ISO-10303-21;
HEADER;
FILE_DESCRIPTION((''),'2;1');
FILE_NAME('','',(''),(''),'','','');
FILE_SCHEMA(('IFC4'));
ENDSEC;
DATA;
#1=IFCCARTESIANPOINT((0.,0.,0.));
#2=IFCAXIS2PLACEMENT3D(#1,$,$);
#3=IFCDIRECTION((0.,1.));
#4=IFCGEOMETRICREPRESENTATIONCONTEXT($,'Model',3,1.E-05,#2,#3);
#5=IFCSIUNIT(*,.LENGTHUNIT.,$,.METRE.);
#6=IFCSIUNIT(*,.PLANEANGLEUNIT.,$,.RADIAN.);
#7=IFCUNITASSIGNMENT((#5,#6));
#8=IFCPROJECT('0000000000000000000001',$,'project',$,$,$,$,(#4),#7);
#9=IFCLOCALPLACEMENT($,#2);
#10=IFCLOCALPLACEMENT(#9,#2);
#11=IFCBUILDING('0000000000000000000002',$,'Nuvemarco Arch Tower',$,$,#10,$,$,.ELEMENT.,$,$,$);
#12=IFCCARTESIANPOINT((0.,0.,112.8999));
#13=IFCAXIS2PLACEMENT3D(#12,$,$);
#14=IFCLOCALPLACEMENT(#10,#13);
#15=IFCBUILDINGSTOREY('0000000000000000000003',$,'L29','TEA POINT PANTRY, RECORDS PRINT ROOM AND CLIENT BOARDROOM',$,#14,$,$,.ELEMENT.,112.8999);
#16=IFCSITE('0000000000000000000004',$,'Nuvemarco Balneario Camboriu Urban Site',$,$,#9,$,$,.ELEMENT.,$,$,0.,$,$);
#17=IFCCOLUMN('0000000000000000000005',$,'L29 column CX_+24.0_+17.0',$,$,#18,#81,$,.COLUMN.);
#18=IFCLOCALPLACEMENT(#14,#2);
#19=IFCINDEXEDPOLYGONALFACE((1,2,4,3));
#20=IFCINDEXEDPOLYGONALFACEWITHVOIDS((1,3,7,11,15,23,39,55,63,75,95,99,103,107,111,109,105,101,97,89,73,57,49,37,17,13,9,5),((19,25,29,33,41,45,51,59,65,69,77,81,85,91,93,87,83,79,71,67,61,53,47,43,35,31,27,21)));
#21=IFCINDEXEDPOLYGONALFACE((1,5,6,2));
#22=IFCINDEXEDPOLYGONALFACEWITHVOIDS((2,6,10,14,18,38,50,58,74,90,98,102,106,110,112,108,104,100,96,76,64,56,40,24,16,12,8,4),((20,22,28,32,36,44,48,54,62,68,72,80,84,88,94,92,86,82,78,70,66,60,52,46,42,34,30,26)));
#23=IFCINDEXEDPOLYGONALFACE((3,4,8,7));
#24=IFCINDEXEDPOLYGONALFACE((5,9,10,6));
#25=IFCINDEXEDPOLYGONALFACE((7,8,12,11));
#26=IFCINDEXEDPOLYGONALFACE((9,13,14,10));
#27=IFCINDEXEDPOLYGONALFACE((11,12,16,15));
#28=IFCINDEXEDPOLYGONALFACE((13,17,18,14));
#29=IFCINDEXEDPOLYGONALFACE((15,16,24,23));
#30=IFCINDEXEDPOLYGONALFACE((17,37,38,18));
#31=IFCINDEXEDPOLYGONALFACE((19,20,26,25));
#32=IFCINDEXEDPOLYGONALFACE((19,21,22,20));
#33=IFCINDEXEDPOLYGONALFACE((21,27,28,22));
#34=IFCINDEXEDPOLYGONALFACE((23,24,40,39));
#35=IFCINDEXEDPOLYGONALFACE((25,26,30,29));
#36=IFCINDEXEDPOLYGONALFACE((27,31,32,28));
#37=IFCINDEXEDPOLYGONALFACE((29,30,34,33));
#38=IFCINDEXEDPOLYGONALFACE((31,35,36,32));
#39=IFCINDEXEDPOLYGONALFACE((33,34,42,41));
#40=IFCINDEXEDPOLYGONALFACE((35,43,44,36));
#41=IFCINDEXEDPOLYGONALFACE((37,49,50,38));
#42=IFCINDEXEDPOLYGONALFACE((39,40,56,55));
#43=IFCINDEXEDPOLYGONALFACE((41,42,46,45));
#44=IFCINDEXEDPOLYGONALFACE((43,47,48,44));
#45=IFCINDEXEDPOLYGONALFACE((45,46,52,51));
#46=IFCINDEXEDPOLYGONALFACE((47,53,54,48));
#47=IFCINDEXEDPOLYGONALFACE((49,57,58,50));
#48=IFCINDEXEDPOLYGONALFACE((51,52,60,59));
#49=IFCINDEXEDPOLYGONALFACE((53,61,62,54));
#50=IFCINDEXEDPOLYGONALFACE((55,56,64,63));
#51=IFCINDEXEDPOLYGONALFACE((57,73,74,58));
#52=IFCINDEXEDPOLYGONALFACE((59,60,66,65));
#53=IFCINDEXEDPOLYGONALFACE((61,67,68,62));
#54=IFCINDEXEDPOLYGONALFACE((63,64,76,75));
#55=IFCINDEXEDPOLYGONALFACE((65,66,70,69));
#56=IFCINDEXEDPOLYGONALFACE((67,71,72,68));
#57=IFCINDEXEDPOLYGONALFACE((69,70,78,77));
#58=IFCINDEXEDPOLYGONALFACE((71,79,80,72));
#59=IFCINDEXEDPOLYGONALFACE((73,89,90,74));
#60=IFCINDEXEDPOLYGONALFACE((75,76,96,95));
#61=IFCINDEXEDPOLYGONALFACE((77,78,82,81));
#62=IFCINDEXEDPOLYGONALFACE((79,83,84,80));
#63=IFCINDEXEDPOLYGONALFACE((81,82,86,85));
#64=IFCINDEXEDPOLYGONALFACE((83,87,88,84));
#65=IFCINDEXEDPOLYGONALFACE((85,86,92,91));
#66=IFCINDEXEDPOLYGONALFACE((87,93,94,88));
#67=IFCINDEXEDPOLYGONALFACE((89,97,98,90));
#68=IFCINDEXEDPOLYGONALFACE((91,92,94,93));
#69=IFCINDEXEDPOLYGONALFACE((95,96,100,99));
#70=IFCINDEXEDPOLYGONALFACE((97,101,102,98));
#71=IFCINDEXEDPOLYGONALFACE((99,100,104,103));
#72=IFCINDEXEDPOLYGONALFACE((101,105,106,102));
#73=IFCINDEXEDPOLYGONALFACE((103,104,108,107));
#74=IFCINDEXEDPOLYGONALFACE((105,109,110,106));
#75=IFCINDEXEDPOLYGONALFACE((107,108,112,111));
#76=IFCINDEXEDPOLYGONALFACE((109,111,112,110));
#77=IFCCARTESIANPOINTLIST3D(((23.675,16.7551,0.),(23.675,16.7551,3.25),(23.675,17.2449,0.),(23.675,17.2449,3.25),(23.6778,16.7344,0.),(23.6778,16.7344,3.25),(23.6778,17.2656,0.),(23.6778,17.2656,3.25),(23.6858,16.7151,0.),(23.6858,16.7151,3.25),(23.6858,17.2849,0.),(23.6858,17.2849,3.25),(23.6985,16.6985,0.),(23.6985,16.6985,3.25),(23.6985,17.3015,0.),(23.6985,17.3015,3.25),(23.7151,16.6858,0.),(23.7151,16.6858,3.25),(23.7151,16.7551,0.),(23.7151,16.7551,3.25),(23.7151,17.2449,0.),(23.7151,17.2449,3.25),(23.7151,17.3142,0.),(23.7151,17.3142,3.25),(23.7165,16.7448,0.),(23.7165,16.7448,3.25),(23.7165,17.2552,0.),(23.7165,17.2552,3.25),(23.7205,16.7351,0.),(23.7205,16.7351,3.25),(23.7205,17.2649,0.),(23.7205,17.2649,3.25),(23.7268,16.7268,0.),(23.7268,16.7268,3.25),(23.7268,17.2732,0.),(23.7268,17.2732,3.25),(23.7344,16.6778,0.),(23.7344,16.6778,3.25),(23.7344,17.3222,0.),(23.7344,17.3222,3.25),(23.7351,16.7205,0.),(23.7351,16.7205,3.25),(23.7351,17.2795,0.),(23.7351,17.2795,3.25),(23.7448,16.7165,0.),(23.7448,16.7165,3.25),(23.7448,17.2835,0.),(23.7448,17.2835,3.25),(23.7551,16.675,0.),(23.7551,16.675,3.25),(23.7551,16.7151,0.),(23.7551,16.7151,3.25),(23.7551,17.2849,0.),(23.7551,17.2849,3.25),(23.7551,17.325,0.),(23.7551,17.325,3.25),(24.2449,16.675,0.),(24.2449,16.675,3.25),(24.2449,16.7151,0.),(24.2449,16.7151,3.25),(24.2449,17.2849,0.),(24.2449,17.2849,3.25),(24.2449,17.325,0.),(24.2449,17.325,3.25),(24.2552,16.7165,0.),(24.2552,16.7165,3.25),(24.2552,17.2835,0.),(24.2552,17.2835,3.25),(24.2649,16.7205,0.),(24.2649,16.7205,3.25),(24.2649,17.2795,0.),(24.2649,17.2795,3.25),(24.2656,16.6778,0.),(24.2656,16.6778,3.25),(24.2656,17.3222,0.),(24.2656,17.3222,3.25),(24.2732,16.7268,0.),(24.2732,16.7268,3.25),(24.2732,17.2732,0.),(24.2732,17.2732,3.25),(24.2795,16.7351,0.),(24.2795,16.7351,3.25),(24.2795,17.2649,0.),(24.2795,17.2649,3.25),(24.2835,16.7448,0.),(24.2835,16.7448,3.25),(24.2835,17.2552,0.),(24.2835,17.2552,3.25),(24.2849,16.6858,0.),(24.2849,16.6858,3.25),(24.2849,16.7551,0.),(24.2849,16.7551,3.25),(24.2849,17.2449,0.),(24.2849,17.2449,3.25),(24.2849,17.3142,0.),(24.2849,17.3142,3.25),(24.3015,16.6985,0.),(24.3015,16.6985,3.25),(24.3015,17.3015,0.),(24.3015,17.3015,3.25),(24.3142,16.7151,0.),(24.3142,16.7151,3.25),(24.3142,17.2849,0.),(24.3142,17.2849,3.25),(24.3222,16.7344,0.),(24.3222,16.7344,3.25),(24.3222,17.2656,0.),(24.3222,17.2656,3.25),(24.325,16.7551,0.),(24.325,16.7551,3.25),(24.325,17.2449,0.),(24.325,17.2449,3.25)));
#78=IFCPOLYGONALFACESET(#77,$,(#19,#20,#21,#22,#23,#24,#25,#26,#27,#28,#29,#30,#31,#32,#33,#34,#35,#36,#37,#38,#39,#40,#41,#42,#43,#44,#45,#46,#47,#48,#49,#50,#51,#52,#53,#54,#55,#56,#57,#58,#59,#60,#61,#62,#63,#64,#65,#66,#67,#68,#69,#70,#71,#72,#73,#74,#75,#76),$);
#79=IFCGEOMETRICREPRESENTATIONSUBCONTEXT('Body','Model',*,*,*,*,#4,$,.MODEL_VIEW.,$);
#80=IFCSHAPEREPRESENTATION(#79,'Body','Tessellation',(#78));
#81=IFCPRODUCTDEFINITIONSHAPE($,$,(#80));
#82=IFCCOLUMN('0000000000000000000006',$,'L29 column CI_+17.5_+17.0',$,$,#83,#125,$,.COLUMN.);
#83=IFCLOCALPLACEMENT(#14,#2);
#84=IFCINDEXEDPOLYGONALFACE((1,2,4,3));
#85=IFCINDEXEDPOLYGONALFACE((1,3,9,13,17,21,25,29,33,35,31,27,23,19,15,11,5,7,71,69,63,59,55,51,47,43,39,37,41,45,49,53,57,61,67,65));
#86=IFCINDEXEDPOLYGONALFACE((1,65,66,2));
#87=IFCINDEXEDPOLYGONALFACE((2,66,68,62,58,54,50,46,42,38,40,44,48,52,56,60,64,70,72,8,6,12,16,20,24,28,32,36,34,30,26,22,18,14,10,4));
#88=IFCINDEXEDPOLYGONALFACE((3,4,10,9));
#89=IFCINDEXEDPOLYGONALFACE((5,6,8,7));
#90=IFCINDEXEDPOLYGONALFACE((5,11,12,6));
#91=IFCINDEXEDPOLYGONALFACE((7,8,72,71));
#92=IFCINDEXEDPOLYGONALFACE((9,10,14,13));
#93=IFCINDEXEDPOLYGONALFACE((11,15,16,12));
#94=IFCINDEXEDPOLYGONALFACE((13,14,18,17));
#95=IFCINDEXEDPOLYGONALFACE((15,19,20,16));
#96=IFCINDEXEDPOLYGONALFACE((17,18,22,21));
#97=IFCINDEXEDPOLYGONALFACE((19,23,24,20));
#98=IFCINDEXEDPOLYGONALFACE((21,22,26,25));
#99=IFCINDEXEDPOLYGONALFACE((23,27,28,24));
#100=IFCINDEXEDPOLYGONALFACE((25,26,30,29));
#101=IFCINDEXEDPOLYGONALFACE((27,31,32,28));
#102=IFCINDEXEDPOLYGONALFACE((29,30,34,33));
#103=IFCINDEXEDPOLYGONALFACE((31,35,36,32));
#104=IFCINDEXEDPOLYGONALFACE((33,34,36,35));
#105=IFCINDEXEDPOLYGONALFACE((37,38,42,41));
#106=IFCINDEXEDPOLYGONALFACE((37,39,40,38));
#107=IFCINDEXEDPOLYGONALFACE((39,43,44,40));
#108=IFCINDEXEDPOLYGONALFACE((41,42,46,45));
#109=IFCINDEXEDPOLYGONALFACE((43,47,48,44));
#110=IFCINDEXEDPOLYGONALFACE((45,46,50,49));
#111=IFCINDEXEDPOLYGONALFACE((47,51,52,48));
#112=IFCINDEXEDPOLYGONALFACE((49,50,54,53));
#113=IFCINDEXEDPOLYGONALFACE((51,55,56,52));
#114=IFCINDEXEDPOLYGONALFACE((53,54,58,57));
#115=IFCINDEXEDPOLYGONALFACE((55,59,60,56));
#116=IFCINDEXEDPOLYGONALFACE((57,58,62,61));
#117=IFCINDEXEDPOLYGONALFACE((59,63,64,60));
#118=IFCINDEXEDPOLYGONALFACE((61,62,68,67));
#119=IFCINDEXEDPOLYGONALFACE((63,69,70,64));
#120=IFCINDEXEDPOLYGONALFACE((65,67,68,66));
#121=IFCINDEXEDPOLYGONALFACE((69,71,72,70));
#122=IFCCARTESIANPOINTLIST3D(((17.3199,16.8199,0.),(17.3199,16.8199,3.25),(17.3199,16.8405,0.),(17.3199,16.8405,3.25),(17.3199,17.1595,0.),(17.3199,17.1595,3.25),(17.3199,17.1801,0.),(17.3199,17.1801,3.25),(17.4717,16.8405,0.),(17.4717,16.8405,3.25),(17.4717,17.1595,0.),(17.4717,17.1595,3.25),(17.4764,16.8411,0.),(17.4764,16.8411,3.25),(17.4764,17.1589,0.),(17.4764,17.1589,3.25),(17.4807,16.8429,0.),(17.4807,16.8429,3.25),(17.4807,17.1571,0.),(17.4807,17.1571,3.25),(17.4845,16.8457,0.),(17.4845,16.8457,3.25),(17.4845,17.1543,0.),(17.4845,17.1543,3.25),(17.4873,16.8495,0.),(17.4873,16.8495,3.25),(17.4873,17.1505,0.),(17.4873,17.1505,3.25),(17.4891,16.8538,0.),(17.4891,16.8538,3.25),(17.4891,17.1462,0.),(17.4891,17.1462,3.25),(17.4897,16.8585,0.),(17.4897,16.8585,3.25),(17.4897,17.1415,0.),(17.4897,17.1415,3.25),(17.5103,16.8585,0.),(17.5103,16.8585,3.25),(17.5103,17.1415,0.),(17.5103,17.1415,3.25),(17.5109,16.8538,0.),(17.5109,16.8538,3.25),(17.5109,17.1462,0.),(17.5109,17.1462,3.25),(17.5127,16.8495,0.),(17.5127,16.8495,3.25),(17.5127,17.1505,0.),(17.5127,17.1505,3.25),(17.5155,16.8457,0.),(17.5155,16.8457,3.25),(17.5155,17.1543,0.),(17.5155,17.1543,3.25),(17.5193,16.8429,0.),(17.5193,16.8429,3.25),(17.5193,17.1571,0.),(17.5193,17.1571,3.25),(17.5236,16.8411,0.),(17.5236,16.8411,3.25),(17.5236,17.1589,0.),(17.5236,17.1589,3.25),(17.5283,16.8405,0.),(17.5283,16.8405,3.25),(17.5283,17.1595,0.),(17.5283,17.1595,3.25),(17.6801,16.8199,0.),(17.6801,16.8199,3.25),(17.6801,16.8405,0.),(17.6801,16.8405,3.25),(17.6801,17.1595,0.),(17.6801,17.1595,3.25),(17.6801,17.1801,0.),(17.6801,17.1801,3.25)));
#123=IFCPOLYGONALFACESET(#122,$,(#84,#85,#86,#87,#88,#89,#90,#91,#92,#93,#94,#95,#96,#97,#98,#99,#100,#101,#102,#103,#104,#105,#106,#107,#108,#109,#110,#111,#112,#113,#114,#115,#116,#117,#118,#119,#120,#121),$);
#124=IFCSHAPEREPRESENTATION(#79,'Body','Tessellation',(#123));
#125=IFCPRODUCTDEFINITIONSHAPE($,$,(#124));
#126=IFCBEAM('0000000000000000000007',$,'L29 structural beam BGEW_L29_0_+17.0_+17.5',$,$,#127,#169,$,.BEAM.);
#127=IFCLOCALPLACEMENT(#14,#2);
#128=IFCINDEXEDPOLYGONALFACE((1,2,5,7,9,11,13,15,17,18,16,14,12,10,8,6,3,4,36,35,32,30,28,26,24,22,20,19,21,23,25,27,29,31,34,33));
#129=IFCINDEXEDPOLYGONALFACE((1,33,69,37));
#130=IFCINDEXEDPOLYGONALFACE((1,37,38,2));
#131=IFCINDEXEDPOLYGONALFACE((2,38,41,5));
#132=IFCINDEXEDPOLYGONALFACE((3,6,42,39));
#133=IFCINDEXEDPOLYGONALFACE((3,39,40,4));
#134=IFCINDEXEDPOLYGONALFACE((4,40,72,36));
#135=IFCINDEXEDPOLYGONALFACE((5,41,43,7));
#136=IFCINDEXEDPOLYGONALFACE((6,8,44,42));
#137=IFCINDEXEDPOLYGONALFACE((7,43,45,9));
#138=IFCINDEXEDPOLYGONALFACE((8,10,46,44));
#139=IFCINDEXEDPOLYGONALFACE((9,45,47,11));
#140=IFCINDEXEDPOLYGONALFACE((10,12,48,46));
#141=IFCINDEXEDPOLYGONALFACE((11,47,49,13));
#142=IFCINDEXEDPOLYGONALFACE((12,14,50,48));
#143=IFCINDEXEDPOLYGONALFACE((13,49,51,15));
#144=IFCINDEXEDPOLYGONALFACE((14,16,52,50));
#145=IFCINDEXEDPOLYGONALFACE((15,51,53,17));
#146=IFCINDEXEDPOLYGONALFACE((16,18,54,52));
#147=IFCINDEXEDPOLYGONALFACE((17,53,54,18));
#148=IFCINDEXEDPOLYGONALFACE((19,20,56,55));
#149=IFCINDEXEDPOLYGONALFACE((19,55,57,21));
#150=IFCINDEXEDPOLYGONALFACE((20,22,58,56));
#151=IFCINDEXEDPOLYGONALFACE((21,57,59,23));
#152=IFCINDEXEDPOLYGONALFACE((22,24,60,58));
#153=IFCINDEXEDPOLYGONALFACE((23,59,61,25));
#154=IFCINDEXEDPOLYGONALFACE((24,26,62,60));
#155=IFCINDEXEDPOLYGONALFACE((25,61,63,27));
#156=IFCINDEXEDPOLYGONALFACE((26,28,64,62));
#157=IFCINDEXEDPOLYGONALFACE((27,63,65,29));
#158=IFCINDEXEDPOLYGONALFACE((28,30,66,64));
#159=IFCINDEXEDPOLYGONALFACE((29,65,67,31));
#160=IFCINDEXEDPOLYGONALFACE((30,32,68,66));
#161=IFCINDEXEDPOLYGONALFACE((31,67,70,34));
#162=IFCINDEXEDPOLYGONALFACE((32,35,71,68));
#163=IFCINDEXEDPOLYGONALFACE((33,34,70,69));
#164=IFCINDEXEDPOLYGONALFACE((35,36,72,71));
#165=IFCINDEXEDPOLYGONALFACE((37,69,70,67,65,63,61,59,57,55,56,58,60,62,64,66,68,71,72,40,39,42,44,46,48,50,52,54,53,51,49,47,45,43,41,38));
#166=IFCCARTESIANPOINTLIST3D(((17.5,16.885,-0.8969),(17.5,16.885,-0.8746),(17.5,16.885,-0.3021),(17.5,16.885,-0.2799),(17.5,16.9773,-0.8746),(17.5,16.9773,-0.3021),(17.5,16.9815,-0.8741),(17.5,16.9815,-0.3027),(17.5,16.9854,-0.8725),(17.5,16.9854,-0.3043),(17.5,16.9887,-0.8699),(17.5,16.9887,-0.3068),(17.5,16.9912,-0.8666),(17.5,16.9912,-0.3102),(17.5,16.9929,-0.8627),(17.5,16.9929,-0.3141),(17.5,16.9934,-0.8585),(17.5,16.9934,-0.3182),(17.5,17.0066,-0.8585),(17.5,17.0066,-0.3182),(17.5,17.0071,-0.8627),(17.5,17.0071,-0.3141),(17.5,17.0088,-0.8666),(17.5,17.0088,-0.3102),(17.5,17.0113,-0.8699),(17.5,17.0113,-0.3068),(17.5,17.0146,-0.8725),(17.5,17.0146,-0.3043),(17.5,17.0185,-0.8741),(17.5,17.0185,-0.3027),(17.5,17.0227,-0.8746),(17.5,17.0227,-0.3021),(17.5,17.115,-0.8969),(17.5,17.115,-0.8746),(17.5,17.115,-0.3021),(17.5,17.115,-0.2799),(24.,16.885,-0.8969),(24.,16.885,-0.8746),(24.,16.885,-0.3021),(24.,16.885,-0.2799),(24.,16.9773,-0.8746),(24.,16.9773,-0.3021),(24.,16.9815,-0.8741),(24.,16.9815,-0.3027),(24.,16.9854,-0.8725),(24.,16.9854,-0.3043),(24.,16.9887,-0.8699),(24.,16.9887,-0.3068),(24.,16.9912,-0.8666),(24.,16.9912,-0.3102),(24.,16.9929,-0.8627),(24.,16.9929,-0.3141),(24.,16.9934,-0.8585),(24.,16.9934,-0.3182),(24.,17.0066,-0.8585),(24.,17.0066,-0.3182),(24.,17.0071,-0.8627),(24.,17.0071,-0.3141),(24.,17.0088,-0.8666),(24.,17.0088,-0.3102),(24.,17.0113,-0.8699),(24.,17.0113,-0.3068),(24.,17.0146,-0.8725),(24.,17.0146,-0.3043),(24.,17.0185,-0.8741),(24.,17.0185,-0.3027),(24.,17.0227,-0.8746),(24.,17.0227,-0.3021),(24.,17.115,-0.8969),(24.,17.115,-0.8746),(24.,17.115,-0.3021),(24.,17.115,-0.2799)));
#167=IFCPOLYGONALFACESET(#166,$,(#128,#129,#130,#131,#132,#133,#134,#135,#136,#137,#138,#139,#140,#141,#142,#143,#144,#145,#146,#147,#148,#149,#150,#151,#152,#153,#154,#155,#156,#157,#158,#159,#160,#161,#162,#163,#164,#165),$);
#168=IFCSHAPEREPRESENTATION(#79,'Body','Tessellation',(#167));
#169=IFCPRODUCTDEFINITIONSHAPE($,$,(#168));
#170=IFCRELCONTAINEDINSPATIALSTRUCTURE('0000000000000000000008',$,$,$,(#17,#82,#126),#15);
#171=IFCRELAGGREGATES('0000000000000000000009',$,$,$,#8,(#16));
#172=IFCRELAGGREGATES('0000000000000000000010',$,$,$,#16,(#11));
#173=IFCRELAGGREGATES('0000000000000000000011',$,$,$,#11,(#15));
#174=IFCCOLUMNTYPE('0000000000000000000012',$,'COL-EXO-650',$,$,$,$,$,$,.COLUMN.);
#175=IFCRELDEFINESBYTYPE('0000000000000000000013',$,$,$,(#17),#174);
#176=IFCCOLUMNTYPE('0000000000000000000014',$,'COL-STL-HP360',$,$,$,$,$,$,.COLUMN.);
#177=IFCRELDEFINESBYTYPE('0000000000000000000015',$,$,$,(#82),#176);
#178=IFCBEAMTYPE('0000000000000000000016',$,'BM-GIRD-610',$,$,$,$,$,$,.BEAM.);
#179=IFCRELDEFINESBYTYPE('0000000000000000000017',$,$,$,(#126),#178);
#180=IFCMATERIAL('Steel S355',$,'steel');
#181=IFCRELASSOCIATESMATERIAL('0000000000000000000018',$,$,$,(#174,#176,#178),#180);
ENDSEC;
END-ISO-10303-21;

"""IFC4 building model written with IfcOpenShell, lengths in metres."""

from ifc_helpers import new_model, si_unit, direction, frame, origin, origin_2d, place, context, subcontext, project, spatial, hollow_rectangle, i_section, extrude, material, material_profile, profile_set, type_object, element, save


model = new_model("IFC4")

# Units and contexts
model_context = context("Model", 3, precision=1e-05, world=origin(), true_north=direction((0.0, 1.0)))
body_context = subcontext(model_context, "Body", "Model", "MODEL_VIEW")
ifc_project = project(units=[si_unit("LENGTHUNIT", "METRE"), si_unit("PLANEANGLEUNIT", "RADIAN")], contexts=[model_context])

# Site, building, storey
site_placement = place(None, origin())
site = spatial("IfcSite", under=ifc_project, at=site_placement, Name="Nuvemarco Balneario Camboriu Urban Site", CompositionType="ELEMENT", RefElevation=0.0)
building_placement = place(site_placement, origin())
building = spatial("IfcBuilding", under=site, at=building_placement, Name="Nuvemarco Arch Tower", CompositionType="ELEMENT")
storey_placement = place(building_placement, frame((0.0, 0.0, 112.8999)))
storey = spatial("IfcBuildingStorey", under=building, at=storey_placement, Name="L29", Description="TEA POINT PANTRY, RECORDS PRINT ROOM AND CLIENT BOARDROOM", CompositionType="ELEMENT", Elevation=112.8999)

# Columns
ifc_material_1 = material(Name="Steel S355", Category="steel")
ifc_material_profile_1 = material_profile(ifc_material_1, hollow_rectangle(XDim=0.6499, YDim=0.6499, WallThickness=0.04, InnerFilletRadius=0.04, OuterFilletRadius=0.0801, at=origin_2d()), Name="SHS650x650x40")
ifc_profile_set_1 = profile_set([ifc_material_profile_1], Name="Steel S355")
column_type_1 = type_object("IfcColumnType", Name="COL-EXO-650", PredefinedType="COLUMN", material=ifc_profile_set_1)
column_1_placement = place(storey_placement, frame((24.0, 17.0, 0.0), z_axis=(0.0, 0.0, 1.0), x_axis=(1.0, 0.0, 0.0)))
element("IfcColumn", 1, at=column_1_placement, inside=storey, type_object=column_type_1, Name="L29 column CX_+24.0_+17.0", PredefinedType="COLUMN", context=body_context, shape_type="SweptSolid", body=[
    extrude(hollow_rectangle(XDim=0.6499, YDim=0.6499, WallThickness=0.04, InnerFilletRadius=0.04, OuterFilletRadius=0.0801, at=origin_2d()), origin(), (0.0, 0.0, 1.0), 3.25),
])
ifc_material_profile_2 = material_profile(ifc_material_1, i_section(OverallWidth=0.3601, OverallDepth=0.3601, WebThickness=0.0205, FlangeThickness=0.0205, FilletRadius=0.0181, at=origin_2d()), Name="HP360x174")
ifc_profile_set_2 = profile_set([ifc_material_profile_2], Name="Steel S355")
column_type_2 = type_object("IfcColumnType", Name="COL-STL-HP360", PredefinedType="COLUMN", material=ifc_profile_set_2)
column_2_placement = place(storey_placement, frame((17.5, 17.0, 0.0), z_axis=(0.0, 0.0, 1.0), x_axis=(1.0, 0.0, 0.0)))
element("IfcColumn", 2, at=column_2_placement, inside=storey, type_object=column_type_2, Name="L29 column CI_+17.5_+17.0", PredefinedType="COLUMN", context=body_context, shape_type="SweptSolid", body=[
    extrude(i_section(OverallWidth=0.3601, OverallDepth=0.3601, WebThickness=0.0205, FlangeThickness=0.0205, FilletRadius=0.0181, at=origin_2d()), origin(), (0.0, 0.0, 1.0), 3.25),
])

# Beam
ifc_material_profile_3 = material_profile(ifc_material_1, i_section(OverallWidth=0.23, OverallDepth=0.6169, WebThickness=0.0132, FlangeThickness=0.0222, FilletRadius=0.0161, at=origin_2d()), Name="W610x140")
ifc_profile_set_3 = profile_set([ifc_material_profile_3], Name="Steel S355")
beam_type_1 = type_object("IfcBeamType", Name="BM-GIRD-610", PredefinedType="BEAM", material=ifc_profile_set_3)
beam_1_placement = place(storey_placement, frame((17.5, 17.0, -0.5884), z_axis=(1.0, 0.0, 0.0), x_axis=(0.0, 1.0, 0.0)))
element("IfcBeam", 3, at=beam_1_placement, inside=storey, type_object=beam_type_1, Name="L29 structural beam BGEW_L29_0_+17.0_+17.5", PredefinedType="BEAM", context=body_context, shape_type="SweptSolid", body=[
    extrude(i_section(OverallWidth=0.23, OverallDepth=0.6169, WebThickness=0.0132, FlangeThickness=0.0222, FilletRadius=0.0161, at=origin_2d()), origin(), (0.0, 0.0, 1.0), 6.5),
])

save(model, "model.ifc")
